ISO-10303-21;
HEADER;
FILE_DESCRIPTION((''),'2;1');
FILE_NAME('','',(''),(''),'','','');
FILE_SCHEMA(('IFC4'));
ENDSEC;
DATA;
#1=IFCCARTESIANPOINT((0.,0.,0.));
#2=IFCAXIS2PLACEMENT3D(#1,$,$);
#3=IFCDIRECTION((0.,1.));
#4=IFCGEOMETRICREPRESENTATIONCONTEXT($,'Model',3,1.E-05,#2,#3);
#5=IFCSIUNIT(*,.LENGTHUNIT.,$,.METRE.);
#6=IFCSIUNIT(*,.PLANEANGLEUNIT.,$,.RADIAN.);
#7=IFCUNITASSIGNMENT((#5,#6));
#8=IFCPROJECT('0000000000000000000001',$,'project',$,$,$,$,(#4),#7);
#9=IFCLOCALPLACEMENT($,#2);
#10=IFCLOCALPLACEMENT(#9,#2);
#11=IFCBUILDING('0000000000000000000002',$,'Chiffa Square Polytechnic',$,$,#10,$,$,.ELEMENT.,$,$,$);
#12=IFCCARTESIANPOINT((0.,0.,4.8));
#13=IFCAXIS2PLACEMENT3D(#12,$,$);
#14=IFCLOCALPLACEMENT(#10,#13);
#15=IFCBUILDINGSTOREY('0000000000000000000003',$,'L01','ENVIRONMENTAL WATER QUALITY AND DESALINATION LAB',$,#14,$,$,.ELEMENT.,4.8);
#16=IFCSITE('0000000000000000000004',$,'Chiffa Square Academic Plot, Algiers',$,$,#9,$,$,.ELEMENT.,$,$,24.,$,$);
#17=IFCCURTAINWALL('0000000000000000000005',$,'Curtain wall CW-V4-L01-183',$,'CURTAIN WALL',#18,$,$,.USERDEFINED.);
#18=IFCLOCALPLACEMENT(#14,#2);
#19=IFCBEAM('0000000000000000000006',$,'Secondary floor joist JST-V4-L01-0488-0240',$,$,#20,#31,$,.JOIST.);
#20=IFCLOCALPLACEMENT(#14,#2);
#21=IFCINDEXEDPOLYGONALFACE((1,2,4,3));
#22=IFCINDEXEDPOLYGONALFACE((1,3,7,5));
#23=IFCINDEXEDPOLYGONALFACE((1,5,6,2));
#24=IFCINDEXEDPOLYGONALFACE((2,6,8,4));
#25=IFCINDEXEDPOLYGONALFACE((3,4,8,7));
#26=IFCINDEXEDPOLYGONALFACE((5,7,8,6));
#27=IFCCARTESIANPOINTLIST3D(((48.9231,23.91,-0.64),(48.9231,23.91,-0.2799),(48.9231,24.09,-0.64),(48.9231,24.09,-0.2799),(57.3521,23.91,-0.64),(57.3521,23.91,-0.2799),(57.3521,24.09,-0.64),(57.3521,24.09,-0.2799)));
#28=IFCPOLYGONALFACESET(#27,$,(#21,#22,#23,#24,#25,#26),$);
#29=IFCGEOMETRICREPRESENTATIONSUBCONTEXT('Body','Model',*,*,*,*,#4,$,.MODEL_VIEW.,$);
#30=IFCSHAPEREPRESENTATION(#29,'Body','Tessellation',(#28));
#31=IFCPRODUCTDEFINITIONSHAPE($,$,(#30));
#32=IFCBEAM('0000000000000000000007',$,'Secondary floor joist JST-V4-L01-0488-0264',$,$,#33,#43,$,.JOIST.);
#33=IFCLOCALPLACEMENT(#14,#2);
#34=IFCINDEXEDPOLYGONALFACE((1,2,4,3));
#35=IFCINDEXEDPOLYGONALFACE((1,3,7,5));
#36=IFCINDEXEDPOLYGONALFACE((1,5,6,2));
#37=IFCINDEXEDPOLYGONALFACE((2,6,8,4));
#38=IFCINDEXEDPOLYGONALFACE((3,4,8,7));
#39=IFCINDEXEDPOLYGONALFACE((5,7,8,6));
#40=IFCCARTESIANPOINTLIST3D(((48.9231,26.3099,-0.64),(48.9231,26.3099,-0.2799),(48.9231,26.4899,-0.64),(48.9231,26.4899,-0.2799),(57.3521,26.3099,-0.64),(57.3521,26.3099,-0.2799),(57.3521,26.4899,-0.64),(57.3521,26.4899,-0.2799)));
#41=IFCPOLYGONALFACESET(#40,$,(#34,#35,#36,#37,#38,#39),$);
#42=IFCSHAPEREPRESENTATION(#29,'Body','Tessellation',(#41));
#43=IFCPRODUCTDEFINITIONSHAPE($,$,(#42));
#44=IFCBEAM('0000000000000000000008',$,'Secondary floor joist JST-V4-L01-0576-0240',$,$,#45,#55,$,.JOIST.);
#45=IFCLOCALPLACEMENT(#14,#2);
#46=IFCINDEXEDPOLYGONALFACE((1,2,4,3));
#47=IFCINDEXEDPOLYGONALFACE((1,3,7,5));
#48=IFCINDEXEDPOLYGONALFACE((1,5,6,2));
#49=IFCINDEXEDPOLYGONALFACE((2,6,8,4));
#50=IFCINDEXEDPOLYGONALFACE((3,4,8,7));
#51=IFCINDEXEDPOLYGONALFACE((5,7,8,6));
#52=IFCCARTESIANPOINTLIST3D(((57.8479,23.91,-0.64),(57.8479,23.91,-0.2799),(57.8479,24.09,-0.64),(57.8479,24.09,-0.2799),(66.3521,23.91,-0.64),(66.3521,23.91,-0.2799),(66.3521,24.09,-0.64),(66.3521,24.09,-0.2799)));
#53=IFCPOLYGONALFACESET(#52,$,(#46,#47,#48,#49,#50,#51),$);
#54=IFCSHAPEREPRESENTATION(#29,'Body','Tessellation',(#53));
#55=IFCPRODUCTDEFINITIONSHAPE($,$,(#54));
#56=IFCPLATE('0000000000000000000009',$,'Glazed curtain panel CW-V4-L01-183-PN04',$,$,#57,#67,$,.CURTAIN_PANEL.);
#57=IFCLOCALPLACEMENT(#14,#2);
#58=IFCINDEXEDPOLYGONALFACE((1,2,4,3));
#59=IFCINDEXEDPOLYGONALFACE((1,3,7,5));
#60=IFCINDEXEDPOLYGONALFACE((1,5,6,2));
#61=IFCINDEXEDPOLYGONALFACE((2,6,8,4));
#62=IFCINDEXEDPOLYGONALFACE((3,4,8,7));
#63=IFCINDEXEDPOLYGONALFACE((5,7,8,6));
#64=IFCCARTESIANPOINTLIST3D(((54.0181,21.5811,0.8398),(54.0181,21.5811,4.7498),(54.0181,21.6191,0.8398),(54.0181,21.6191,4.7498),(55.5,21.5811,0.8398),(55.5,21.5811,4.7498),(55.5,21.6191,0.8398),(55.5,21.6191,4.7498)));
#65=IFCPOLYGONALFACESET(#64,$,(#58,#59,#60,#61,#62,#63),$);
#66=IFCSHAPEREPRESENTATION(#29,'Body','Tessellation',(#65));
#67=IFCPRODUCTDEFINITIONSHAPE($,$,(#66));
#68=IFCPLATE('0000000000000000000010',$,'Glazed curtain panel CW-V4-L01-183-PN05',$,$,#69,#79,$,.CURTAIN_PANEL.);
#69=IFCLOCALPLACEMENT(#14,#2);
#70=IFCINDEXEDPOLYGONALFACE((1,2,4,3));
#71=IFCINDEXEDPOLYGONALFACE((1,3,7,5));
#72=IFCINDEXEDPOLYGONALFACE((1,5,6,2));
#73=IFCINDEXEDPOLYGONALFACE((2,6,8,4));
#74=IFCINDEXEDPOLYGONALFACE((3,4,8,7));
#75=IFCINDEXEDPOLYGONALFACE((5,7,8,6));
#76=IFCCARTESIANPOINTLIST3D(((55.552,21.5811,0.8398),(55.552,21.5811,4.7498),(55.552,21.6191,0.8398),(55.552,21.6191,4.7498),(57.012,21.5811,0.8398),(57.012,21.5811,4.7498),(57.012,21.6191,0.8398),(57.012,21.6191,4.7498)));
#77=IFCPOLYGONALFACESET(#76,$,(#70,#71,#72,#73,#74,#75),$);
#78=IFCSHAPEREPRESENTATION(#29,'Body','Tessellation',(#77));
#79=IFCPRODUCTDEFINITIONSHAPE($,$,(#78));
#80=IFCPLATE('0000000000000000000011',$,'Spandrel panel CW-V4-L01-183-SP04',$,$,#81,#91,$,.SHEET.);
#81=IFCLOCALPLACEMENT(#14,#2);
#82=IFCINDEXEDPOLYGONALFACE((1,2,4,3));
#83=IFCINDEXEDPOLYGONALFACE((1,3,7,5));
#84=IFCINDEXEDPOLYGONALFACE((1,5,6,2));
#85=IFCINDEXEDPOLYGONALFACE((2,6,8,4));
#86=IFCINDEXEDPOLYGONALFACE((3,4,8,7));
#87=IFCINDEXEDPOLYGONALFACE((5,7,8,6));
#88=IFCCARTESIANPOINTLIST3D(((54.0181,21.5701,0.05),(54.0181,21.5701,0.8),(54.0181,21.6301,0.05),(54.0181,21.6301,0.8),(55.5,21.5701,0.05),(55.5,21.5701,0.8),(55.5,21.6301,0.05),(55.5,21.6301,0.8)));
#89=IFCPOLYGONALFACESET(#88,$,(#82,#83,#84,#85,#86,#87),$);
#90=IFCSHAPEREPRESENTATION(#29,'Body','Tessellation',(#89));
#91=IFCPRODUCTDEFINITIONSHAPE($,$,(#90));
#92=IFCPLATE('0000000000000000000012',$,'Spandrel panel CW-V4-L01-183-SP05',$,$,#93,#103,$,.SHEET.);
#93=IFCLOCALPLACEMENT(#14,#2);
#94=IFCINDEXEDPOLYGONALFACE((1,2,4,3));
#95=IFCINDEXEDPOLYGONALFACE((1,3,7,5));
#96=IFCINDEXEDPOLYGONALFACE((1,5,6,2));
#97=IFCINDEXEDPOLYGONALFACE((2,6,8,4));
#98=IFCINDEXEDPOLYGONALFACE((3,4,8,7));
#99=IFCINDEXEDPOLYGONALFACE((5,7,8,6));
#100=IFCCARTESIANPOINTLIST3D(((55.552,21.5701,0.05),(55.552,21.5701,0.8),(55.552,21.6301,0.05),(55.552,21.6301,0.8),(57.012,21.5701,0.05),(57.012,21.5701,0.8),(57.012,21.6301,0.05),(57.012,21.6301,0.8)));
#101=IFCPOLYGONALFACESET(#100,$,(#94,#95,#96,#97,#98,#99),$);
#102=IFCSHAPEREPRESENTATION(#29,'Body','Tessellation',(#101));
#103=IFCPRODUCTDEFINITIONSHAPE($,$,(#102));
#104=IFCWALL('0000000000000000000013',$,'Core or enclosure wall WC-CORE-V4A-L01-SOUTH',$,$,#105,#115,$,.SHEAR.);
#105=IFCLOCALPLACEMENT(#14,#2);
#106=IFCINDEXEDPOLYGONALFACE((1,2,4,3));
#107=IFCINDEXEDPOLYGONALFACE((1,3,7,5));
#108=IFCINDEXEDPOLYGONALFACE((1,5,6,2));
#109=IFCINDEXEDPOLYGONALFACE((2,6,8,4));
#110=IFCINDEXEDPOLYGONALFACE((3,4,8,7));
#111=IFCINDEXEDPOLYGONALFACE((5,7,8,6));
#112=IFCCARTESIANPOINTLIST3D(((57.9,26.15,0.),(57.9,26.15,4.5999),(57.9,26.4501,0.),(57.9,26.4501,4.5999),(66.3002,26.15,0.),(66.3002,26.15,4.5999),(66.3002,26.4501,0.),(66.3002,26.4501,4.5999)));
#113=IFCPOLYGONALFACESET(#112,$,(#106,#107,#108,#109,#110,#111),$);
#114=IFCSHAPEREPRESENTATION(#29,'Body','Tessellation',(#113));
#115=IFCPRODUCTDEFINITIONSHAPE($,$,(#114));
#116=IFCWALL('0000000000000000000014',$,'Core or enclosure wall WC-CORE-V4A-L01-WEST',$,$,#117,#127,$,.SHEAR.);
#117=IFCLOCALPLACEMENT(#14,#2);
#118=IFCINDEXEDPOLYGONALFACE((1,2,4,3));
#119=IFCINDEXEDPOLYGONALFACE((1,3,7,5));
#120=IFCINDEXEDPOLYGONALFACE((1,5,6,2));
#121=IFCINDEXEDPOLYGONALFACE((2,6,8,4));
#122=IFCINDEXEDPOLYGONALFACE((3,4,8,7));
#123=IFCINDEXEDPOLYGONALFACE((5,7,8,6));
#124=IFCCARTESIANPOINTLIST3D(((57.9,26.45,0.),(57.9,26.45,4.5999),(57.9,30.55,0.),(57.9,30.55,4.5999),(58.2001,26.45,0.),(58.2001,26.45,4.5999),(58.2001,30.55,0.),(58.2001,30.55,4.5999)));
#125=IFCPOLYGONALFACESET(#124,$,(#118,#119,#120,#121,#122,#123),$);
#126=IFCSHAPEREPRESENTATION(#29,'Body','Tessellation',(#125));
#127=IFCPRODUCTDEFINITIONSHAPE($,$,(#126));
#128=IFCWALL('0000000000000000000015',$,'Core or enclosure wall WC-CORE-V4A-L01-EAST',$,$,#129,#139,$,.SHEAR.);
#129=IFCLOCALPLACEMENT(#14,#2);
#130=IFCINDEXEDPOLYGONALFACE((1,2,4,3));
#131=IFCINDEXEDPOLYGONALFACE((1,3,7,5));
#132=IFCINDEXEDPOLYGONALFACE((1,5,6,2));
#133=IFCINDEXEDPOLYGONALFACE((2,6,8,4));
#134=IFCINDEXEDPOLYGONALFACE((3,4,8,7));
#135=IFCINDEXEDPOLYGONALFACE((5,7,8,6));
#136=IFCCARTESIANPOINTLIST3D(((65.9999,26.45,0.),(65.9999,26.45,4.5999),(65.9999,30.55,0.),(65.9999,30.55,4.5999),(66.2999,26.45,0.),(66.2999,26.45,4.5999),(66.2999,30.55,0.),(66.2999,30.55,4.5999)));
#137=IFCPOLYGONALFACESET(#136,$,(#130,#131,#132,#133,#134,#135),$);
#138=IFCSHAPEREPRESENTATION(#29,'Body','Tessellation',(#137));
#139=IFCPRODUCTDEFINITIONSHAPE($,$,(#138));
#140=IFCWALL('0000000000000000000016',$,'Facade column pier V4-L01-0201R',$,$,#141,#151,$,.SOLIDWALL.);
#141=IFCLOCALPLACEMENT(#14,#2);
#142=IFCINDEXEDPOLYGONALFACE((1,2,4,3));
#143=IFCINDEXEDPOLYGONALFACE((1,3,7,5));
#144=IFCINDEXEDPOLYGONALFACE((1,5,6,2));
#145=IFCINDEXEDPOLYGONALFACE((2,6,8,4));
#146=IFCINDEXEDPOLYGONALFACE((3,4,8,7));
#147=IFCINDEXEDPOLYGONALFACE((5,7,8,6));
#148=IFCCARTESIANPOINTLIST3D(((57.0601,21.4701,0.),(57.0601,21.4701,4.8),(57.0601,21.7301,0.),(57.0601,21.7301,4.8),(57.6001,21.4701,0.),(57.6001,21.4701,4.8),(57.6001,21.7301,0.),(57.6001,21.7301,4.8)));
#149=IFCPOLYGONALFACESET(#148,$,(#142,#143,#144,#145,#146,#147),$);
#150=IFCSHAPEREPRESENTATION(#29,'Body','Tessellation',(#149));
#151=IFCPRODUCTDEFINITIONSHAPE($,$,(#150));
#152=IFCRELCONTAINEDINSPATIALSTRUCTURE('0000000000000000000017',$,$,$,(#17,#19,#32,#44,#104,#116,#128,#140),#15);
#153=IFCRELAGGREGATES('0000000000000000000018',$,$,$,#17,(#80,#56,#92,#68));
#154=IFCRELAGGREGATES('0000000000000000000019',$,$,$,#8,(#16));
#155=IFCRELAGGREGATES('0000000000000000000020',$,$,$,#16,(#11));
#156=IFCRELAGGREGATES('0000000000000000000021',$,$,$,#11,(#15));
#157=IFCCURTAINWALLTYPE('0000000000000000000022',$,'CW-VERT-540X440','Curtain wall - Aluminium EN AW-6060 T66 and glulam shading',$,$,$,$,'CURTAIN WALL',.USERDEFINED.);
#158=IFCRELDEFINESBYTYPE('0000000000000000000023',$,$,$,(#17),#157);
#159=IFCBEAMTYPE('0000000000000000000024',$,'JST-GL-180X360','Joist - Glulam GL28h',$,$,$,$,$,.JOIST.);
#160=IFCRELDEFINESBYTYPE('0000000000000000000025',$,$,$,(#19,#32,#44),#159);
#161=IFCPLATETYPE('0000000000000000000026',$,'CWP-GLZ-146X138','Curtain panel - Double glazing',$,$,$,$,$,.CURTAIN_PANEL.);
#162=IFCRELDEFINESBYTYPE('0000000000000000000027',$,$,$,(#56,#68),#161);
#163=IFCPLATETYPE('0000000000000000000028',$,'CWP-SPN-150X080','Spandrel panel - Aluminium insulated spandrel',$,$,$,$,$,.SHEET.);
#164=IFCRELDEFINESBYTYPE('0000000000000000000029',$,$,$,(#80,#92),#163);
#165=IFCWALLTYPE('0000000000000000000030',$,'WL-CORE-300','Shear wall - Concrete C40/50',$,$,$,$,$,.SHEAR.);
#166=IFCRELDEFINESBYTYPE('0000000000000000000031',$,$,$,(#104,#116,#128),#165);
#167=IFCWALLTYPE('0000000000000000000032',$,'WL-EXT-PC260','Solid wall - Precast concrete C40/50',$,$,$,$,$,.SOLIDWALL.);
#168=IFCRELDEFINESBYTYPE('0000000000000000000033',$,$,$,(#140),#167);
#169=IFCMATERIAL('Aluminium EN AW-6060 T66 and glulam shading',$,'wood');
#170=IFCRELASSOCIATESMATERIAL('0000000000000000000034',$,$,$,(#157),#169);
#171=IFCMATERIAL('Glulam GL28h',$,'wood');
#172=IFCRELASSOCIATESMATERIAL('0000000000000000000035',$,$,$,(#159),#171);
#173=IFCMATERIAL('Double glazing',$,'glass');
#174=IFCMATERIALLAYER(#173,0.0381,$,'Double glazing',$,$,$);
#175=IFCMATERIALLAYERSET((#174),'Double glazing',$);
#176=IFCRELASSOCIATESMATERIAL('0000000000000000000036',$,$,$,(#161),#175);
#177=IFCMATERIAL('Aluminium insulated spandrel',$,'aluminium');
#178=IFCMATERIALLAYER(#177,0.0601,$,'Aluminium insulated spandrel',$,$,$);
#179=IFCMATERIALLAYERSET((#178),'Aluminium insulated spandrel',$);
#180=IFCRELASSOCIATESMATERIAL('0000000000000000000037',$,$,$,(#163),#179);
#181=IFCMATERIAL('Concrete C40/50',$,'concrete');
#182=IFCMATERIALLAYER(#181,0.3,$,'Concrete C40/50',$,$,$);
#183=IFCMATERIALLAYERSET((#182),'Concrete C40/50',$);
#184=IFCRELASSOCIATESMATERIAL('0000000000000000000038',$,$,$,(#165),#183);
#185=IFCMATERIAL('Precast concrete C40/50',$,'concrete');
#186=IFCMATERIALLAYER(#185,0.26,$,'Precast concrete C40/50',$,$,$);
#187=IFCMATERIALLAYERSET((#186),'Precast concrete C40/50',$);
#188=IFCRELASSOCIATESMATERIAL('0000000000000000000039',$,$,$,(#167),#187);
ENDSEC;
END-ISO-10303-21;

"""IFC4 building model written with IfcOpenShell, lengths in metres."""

from ifc_helpers import new_model, si_unit, direction, frame, frame_2d, origin, origin_2d, place, context, subcontext, project, spatial, rectangle, extrude, material, layer, layer_set, material_profile, profile_set, type_object, element, aggregate, save


model = new_model("IFC4")

# Units and contexts
model_context = context("Model", 3, precision=1e-05, world=origin(), true_north=direction((0.0, 1.0)))
body_context = subcontext(model_context, "Body", "Model", "MODEL_VIEW")
ifc_project = project(units=[si_unit("LENGTHUNIT", "METRE"), si_unit("PLANEANGLEUNIT", "RADIAN")], contexts=[model_context])

# Site, building, storey
site_placement = place(None, origin())
site = spatial("IfcSite", under=ifc_project, at=site_placement, Name="Chiffa Square Academic Plot, Algiers", CompositionType="ELEMENT", RefElevation=24.0)
building_placement = place(site_placement, origin())
building = spatial("IfcBuilding", under=site, at=building_placement, Name="Chiffa Square Polytechnic", CompositionType="ELEMENT")
storey_placement = place(building_placement, frame((0.0, 0.0, 4.8)))
storey = spatial("IfcBuildingStorey", under=building, at=storey_placement, Name="L01", Description="ENVIRONMENTAL WATER QUALITY AND DESALINATION LAB", CompositionType="ELEMENT", Elevation=4.8)

# Shared definitions
ifc_material_1 = material(Name="Concrete C40/50", Category="concrete")

# Curtain wall
ifc_material_2 = material(Name="Aluminium EN AW-6060 T66 and glulam shading", Category="wood")
curtain_wall_type_1 = type_object("IfcCurtainWallType", Name="CW-VERT-540X440", Description="Curtain wall - Aluminium EN AW-6060 T66 and glulam shading", ElementType="CURTAIN WALL", PredefinedType="USERDEFINED", material=ifc_material_2)
curtain_wall_1_placement = place(storey_placement, origin())
curtain_wall_1 = element("IfcCurtainWall", 1, at=curtain_wall_1_placement, inside=storey, type_object=curtain_wall_type_1, Name="Curtain wall CW-V4-L01-183", ObjectType="CURTAIN WALL", PredefinedType="USERDEFINED")
ifc_material_3 = material(Name="Glulam GL28h", Category="wood")

# Beams
ifc_material_profile_1 = material_profile(ifc_material_3, rectangle(XDim=0.1799, YDim=0.3601, at=origin_2d()), Name="GL28h 180x360")
ifc_profile_set_1 = profile_set([ifc_material_profile_1], Name="Glulam GL28h")
beam_type_1 = type_object("IfcBeamType", Name="JST-GL-180X360", Description="Joist - Glulam GL28h", PredefinedType="JOIST", material=ifc_profile_set_1)
for number, where, z_axis, x_axis, name in (
    (2, (48.9231, 24.0, -0.46), (1.0, 0.0, 0.0), (0.0, 1.0, 0.0), "Secondary floor joist JST-V4-L01-0488-0240"),
    (3, (48.9231, 26.3999, -0.46), (1.0, 0.0, 0.0), (0.0, 1.0, 0.0), "Secondary floor joist JST-V4-L01-0488-0264"),
):
    element("IfcBeam", number, at=place(storey_placement, frame(where, z_axis=z_axis, x_axis=x_axis)), inside=storey, type_object=beam_type_1, Name=name, PredefinedType="JOIST", context=body_context, shape_type="SweptSolid", body=[
        extrude(rectangle(XDim=0.1799, YDim=0.3601, at=origin_2d()), origin(), (0.0, 0.0, 1.0), 8.429),
    ])
beam_1_placement = place(storey_placement, frame((57.8479, 24.0, -0.46), z_axis=(1.0, 0.0, 0.0), x_axis=(0.0, 1.0, 0.0)))
element("IfcBeam", 4, at=beam_1_placement, inside=storey, type_object=beam_type_1, Name="Secondary floor joist JST-V4-L01-0576-0240", PredefinedType="JOIST", context=body_context, shape_type="SweptSolid", body=[
    extrude(rectangle(XDim=0.1799, YDim=0.3601, at=origin_2d()), origin(), (0.0, 0.0, 1.0), 8.5042),
])

# Plates
ifc_material_4 = material(Name="Double glazing", Category="glass")
ifc_layer_1 = layer(ifc_material_4, 0.0381, Name="Double glazing")
ifc_layer_set_1 = layer_set([ifc_layer_1], Name="Double glazing")
plate_type_1 = type_object("IfcPlateType", Name="CWP-GLZ-146X138", Description="Curtain panel - Double glazing", PredefinedType="CURTAIN_PANEL", material=ifc_layer_set_1)
plate_1_placement = place(storey_placement, frame((54.759, 21.6001, 0.8398), z_axis=(0.0, 0.0, 1.0), x_axis=(1.0, 0.0, 0.0)))
plate_1 = element("IfcPlate", 5, at=plate_1_placement, type_object=plate_type_1, Name="Glazed curtain panel CW-V4-L01-183-PN04", PredefinedType="CURTAIN_PANEL", context=body_context, shape_type="SweptSolid", body=[
    extrude(rectangle(XDim=1.4819, YDim=0.0381, at=origin_2d()), origin(), (0.0, 0.0, 1.0), 3.9099),
])
plate_2_placement = place(storey_placement, frame((56.282, 21.6001, 0.8398), z_axis=(0.0, 0.0, 1.0), x_axis=(1.0, 0.0, 0.0)))
plate_2 = element("IfcPlate", 6, at=plate_2_placement, type_object=plate_type_1, Name="Glazed curtain panel CW-V4-L01-183-PN05", PredefinedType="CURTAIN_PANEL", context=body_context, shape_type="SweptSolid", body=[
    extrude(rectangle(XDim=1.46, YDim=0.0381, at=origin_2d()), origin(), (0.0, 0.0, 1.0), 3.9099),
])
ifc_material_5 = material(Name="Aluminium insulated spandrel", Category="aluminium")
ifc_layer_2 = layer(ifc_material_5, 0.0601, Name="Aluminium insulated spandrel")
ifc_layer_set_2 = layer_set([ifc_layer_2], Name="Aluminium insulated spandrel")
plate_type_2 = type_object("IfcPlateType", Name="CWP-SPN-150X080", Description="Spandrel panel - Aluminium insulated spandrel", PredefinedType="SHEET", material=ifc_layer_set_2)
plate_3_placement = place(storey_placement, frame((54.759, 21.6001, 0.05), z_axis=(0.0, 0.0, 1.0), x_axis=(1.0, 0.0, 0.0)))
plate_3 = element("IfcPlate", 7, at=plate_3_placement, type_object=plate_type_2, Name="Spandrel panel CW-V4-L01-183-SP04", PredefinedType="SHEET", context=body_context, shape_type="SweptSolid", body=[
    extrude(rectangle(XDim=1.4819, YDim=0.0601, at=origin_2d()), origin(), (0.0, 0.0, 1.0), 0.75),
])
plate_4_placement = place(storey_placement, frame((56.282, 21.6001, 0.05), z_axis=(0.0, 0.0, 1.0), x_axis=(1.0, 0.0, 0.0)))
plate_4 = element("IfcPlate", 8, at=plate_4_placement, type_object=plate_type_2, Name="Spandrel panel CW-V4-L01-183-SP05", PredefinedType="SHEET", context=body_context, shape_type="SweptSolid", body=[
    extrude(rectangle(XDim=1.46, YDim=0.0601, at=origin_2d()), origin(), (0.0, 0.0, 1.0), 0.75),
])
aggregate(curtain_wall_1, [plate_3, plate_1, plate_4, plate_2])

# Walls
ifc_layer_3 = layer(ifc_material_1, 0.3, Name="Concrete C40/50")
ifc_layer_set_3 = layer_set([ifc_layer_3], Name="Concrete C40/50")
wall_type_1 = type_object("IfcWallType", Name="WL-CORE-300", Description="Shear wall - Concrete C40/50", PredefinedType="SHEAR", material=ifc_layer_set_3)
wall_1_placement = place(storey_placement, frame((57.8999, 26.3, 0.0), z_axis=(0.0, 0.0, 1.0), x_axis=(1.0, 0.0, 0.0)))
element("IfcWall", 9, at=wall_1_placement, inside=storey, type_object=wall_type_1, Name="Core or enclosure wall WC-CORE-V4A-L01-SOUTH", PredefinedType="SHEAR", context=body_context, shape_type="SweptSolid", body=[
    extrude(rectangle(XDim=8.4001, YDim=0.3, at=frame_2d((4.2002, 0.0))), origin(), (0.0, 0.0, 1.0), 4.5999),
])
for number, where, z_axis, x_axis, name in (
    (10, (58.05, 26.45, 0.0), (0.0, 0.0, 1.0), (0.0, 1.0, 0.0), "Core or enclosure wall WC-CORE-V4A-L01-WEST"),
    (11, (66.1499, 26.45, 0.0), (0.0, 0.0, 1.0), (0.0, 1.0, 0.0), "Core or enclosure wall WC-CORE-V4A-L01-EAST"),
):
    element("IfcWall", number, at=place(storey_placement, frame(where, z_axis=z_axis, x_axis=x_axis)), inside=storey, type_object=wall_type_1, Name=name, PredefinedType="SHEAR", context=body_context, shape_type="SweptSolid", body=[
        extrude(rectangle(XDim=4.1001, YDim=0.3, at=frame_2d((2.05, 0.0))), origin(), (0.0, 0.0, 1.0), 4.5999),
    ])
ifc_material_6 = material(Name="Precast concrete C40/50", Category="concrete")
ifc_layer_4 = layer(ifc_material_6, 0.26, Name="Precast concrete C40/50")
ifc_layer_set_4 = layer_set([ifc_layer_4], Name="Precast concrete C40/50")
wall_type_2 = type_object("IfcWallType", Name="WL-EXT-PC260", Description="Solid wall - Precast concrete C40/50", PredefinedType="SOLIDWALL", material=ifc_layer_set_4)
wall_2_placement = place(storey_placement, frame((57.0601, 21.6001, 0.0), z_axis=(0.0, 0.0, 1.0), x_axis=(1.0, 0.0, 0.0)))
element("IfcWall", 12, at=wall_2_placement, inside=storey, type_object=wall_type_2, Name="Facade column pier V4-L01-0201R", PredefinedType="SOLIDWALL", context=body_context, shape_type="SweptSolid", body=[
    extrude(rectangle(XDim=0.54, YDim=0.26, at=frame_2d((0.27, 0.0))), origin(), (0.0, 0.0, 1.0), 4.8),
])

save(model, "model.ifc")
